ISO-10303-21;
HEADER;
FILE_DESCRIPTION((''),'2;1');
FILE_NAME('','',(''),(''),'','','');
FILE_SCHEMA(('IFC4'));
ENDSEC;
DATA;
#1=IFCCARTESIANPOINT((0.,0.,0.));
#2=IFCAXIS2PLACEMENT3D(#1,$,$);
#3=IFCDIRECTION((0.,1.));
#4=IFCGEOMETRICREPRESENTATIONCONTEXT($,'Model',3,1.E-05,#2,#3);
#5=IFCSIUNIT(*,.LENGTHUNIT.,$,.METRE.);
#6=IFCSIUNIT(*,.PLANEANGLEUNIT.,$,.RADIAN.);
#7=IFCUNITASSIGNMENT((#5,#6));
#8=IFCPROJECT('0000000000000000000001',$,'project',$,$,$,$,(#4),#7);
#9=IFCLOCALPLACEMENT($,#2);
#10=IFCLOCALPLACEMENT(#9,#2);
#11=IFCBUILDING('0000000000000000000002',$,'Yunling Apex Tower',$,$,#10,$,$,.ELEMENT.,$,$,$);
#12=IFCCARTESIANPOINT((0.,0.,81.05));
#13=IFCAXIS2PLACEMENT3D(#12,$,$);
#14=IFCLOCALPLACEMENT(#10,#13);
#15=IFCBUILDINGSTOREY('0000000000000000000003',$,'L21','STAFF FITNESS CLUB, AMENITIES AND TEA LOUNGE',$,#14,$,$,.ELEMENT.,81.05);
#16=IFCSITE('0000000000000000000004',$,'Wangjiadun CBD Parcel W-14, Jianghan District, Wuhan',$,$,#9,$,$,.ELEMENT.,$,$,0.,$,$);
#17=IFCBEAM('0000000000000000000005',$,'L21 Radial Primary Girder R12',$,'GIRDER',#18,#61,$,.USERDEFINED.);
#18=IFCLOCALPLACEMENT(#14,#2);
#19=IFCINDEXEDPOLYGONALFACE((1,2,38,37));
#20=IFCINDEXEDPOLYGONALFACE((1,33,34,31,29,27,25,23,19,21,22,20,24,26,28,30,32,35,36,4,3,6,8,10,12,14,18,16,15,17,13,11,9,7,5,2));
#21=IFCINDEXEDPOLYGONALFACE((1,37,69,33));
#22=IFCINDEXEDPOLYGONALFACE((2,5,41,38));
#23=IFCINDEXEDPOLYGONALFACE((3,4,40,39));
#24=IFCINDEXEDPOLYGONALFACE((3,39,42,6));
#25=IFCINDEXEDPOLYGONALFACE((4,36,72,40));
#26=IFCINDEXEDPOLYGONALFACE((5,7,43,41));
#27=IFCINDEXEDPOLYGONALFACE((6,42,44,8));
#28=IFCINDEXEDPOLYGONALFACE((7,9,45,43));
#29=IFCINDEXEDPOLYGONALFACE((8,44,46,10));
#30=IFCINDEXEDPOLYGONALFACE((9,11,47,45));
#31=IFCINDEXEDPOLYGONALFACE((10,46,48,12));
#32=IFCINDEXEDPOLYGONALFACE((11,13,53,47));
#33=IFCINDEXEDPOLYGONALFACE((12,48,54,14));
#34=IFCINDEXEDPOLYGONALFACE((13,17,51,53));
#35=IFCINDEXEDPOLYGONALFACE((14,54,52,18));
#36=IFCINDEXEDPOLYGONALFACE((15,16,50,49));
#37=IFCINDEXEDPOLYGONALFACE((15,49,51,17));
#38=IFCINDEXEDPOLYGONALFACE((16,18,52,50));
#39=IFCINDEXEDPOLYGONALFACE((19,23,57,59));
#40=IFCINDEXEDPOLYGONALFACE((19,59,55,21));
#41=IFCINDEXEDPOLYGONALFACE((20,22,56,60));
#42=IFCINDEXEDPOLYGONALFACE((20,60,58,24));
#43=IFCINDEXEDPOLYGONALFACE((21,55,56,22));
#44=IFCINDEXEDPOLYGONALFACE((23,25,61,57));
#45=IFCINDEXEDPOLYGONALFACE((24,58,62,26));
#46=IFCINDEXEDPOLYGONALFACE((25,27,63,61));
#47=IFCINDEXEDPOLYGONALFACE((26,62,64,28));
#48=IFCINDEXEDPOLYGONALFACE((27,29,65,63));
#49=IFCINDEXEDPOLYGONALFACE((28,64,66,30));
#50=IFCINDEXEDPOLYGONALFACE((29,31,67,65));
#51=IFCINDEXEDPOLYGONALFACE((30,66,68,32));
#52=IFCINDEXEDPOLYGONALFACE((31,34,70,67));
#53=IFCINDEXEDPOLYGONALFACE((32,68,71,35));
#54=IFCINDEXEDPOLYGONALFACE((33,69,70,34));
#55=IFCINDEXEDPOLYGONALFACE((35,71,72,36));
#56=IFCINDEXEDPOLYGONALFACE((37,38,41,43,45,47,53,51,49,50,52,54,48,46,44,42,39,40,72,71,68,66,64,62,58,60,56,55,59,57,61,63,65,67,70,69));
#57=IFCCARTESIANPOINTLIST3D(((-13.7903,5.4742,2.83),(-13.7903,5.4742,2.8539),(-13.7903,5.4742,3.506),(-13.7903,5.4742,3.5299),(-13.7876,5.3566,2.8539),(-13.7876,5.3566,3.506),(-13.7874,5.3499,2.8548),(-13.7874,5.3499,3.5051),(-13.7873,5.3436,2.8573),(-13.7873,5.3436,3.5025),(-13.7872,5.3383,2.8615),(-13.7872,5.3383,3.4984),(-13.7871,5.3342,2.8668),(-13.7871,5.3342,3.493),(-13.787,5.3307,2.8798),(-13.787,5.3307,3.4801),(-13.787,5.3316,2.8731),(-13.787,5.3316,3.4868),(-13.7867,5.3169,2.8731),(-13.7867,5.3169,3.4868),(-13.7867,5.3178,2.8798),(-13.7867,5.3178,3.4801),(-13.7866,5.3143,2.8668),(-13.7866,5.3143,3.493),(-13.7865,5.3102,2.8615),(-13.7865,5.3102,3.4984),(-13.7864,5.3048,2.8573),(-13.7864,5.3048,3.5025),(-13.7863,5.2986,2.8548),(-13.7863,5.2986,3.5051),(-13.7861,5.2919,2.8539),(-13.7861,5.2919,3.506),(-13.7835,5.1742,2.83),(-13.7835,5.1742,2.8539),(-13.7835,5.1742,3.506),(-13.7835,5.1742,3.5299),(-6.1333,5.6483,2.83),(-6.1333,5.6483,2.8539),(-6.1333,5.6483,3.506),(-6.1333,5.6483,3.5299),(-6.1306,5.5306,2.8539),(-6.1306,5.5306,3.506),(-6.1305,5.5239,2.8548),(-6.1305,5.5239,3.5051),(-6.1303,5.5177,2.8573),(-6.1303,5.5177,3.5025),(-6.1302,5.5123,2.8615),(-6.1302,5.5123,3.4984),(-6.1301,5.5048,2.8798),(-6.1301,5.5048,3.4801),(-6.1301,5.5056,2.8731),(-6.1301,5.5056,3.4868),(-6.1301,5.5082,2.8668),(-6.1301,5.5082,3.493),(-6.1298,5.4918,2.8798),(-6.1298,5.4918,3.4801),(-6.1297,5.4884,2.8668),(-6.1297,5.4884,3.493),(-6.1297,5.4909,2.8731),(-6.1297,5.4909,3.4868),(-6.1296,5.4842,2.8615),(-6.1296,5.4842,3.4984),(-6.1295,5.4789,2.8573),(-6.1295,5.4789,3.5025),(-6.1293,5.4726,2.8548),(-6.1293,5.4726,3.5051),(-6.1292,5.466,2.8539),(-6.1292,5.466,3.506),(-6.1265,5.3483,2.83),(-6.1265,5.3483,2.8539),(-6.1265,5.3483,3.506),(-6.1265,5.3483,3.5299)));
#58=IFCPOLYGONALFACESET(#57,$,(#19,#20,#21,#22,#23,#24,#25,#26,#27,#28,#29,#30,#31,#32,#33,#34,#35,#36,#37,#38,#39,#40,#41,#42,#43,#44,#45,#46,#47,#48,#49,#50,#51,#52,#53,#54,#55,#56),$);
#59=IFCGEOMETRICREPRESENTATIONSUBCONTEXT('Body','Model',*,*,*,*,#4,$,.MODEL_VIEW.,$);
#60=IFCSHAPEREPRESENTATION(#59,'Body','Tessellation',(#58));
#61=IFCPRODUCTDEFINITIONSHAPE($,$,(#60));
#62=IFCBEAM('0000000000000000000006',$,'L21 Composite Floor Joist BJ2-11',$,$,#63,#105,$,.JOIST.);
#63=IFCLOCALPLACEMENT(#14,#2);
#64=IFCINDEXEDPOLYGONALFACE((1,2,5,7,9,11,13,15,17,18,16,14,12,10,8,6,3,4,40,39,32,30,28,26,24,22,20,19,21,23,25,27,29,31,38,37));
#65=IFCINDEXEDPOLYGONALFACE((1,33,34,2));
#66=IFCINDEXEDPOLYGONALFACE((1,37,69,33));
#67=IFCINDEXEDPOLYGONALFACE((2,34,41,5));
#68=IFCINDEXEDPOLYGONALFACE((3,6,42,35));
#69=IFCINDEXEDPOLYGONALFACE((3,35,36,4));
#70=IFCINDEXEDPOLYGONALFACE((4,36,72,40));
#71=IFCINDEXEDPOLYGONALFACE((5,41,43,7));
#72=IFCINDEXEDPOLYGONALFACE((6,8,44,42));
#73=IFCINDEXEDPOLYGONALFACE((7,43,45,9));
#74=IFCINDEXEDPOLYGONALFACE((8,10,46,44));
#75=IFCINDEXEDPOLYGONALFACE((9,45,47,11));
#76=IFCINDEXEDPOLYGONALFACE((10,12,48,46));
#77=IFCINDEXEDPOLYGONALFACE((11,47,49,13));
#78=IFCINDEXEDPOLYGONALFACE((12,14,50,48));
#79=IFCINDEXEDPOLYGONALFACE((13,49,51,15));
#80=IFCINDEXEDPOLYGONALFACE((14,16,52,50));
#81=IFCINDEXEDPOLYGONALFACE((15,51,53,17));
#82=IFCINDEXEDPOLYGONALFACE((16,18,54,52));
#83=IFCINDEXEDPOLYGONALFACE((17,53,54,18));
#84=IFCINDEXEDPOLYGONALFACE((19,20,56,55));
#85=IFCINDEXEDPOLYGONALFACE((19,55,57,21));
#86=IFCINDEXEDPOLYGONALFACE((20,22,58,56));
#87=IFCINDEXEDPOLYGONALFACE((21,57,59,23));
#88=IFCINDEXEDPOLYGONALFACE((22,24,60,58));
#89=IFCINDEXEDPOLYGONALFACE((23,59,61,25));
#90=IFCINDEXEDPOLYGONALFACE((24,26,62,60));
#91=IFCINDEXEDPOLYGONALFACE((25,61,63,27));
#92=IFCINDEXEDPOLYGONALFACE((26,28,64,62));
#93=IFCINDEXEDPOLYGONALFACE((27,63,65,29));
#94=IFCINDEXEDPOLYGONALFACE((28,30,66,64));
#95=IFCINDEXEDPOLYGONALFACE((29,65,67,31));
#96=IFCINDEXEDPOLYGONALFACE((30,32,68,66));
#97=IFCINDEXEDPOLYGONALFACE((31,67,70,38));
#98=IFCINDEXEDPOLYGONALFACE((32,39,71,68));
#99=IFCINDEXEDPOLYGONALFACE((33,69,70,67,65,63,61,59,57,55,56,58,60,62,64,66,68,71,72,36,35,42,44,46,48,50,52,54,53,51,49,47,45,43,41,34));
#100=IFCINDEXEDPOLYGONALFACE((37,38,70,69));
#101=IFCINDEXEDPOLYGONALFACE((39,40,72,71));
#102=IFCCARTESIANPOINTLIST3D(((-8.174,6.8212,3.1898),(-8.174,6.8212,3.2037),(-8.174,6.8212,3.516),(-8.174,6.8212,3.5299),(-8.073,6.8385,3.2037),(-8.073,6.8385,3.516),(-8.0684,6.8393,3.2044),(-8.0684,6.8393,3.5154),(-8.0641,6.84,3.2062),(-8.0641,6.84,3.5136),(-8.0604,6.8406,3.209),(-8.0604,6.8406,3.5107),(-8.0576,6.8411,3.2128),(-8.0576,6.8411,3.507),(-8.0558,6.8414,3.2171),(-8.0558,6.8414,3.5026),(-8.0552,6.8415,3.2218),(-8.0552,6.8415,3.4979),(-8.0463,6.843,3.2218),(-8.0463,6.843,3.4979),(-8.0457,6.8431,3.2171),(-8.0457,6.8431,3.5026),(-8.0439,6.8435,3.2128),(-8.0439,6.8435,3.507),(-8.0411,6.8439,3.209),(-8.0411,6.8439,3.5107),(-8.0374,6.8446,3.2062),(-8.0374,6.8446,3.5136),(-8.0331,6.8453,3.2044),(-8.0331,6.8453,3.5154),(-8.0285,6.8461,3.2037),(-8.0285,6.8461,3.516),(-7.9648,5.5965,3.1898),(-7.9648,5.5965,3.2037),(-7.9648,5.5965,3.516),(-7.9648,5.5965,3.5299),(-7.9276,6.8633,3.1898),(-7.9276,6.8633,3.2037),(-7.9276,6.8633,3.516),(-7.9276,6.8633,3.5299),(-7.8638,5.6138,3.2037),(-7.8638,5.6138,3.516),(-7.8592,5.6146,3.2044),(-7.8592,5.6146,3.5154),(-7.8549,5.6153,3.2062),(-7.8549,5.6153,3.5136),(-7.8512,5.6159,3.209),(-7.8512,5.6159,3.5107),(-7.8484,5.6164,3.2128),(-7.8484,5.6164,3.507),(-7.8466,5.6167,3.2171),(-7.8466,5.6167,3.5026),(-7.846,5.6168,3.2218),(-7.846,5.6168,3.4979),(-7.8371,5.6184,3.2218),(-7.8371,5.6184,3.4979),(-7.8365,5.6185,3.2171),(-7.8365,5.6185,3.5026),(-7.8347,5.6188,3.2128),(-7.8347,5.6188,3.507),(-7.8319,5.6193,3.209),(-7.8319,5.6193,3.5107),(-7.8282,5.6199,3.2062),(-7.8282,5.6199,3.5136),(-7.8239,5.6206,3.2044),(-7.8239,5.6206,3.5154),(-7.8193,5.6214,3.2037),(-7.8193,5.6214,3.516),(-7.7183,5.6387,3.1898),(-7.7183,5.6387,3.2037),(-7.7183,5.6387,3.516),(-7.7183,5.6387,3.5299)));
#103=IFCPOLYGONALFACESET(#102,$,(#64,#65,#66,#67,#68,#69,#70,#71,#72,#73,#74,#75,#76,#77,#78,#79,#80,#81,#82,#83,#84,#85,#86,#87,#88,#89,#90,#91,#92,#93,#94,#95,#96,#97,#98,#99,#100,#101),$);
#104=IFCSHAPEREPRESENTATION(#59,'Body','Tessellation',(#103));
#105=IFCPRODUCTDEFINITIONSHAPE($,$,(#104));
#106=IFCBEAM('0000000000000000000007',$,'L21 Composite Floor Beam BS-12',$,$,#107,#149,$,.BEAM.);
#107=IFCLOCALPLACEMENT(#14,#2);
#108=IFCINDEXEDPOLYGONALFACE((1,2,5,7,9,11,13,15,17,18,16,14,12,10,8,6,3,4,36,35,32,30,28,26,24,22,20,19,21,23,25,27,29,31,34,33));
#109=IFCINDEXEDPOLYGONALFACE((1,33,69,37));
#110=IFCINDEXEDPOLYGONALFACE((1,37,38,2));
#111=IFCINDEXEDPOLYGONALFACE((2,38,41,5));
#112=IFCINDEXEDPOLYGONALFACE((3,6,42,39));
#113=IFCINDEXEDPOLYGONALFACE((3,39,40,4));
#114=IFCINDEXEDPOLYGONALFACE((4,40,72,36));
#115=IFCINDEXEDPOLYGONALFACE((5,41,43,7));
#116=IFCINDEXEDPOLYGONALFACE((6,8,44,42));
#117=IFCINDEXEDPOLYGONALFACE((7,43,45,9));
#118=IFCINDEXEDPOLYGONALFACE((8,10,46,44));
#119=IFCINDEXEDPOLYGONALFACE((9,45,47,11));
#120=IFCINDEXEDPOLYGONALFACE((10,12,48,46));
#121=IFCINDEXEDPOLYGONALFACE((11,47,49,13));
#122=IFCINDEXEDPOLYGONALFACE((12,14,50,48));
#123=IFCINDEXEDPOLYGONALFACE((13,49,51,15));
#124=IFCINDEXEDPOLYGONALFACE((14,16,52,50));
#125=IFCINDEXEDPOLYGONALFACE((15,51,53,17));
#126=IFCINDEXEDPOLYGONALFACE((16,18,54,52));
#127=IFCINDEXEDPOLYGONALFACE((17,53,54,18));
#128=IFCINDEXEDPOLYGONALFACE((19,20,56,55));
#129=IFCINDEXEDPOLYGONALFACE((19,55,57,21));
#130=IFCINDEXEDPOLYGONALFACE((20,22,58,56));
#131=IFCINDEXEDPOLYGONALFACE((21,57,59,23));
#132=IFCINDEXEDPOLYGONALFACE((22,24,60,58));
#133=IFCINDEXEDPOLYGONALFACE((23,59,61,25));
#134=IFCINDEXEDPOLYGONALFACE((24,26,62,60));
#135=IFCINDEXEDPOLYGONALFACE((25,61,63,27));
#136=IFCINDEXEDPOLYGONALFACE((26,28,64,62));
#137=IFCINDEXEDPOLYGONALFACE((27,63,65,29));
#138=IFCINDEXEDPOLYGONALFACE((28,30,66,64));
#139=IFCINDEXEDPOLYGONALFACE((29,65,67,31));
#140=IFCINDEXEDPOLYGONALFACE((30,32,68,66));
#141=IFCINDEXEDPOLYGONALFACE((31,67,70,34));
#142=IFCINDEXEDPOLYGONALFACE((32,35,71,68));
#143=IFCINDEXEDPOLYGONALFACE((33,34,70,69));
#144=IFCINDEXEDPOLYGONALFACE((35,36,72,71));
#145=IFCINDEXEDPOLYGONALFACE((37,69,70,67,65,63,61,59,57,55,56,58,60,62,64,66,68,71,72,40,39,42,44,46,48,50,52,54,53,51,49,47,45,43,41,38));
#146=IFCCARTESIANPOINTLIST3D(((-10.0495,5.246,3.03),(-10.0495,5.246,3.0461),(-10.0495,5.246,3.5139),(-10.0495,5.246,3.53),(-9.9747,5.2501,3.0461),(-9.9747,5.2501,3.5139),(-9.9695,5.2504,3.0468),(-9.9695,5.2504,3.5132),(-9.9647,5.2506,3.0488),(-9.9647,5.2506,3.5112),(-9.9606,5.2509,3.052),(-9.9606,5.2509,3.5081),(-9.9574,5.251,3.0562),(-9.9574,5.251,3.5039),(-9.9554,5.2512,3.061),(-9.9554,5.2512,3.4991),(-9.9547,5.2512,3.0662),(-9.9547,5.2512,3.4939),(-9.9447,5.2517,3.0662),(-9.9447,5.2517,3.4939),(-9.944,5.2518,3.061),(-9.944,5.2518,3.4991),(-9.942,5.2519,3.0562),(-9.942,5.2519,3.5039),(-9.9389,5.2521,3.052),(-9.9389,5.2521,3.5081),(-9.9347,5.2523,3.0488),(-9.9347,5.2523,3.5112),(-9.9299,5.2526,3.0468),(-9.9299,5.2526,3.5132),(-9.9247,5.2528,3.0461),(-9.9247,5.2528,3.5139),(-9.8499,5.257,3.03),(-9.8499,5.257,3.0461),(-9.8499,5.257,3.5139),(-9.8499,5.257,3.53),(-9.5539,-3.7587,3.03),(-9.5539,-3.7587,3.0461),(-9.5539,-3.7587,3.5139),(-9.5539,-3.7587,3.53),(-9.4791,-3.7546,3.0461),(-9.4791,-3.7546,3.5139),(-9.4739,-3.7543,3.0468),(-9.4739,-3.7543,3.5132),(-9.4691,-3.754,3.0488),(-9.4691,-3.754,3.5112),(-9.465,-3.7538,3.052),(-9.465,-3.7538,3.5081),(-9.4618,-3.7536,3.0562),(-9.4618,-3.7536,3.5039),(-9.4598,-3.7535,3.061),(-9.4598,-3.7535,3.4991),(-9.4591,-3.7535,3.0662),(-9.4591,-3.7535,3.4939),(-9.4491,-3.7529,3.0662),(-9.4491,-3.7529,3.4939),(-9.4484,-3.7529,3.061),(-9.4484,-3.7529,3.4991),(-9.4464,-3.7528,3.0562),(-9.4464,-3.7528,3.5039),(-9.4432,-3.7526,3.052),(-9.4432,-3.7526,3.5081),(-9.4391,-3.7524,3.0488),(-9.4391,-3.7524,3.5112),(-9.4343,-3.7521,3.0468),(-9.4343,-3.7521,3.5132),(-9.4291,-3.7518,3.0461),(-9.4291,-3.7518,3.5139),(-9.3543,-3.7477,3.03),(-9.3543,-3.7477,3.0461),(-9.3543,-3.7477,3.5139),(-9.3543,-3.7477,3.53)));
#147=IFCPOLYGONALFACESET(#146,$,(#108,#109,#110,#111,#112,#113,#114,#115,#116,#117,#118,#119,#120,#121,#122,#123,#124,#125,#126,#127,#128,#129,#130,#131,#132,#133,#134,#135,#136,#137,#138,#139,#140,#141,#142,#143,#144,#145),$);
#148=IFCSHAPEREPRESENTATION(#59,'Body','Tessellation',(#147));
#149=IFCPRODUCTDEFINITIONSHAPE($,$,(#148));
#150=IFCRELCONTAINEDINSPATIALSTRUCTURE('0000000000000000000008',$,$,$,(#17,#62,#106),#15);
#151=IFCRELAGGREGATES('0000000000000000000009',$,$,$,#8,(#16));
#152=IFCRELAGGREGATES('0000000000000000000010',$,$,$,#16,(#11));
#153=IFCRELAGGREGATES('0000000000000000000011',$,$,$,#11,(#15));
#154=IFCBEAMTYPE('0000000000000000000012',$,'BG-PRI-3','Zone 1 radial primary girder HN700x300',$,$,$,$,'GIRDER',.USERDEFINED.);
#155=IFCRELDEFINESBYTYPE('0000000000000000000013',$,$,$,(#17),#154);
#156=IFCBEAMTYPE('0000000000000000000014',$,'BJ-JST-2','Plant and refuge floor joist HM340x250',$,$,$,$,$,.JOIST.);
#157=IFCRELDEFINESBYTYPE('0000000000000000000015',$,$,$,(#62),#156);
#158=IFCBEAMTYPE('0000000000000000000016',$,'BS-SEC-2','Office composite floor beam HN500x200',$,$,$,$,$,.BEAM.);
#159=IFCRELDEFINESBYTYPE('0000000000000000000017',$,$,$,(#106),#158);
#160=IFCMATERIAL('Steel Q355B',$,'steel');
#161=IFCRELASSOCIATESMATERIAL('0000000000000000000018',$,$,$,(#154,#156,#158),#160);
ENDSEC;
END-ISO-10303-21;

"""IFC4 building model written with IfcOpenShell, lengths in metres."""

from ifc_helpers import new_model, si_unit, direction, frame, origin, origin_2d, place, context, subcontext, project, spatial, i_section, extrude, source, transform, mapped, material, material_profile, profile_set, type_object, element, save


model = new_model("IFC4")

# Units and contexts
model_context = context("Model", 3, precision=1e-05, world=origin(), true_north=direction((0.0, 1.0)))
body_context = subcontext(model_context, "Body", "Model", "MODEL_VIEW")
ifc_project = project(units=[si_unit("LENGTHUNIT", "METRE"), si_unit("PLANEANGLEUNIT", "RADIAN")], contexts=[model_context])

# Site, building, storey
site_placement = place(None, origin())
site = spatial("IfcSite", under=ifc_project, at=site_placement, Name="Wangjiadun CBD Parcel W-14, Jianghan District, Wuhan", CompositionType="ELEMENT", RefElevation=0.0)
building_placement = place(site_placement, origin())
building = spatial("IfcBuilding", under=site, at=building_placement, Name="Yunling Apex Tower", CompositionType="ELEMENT")
storey_placement = place(building_placement, frame((0.0, 0.0, 81.05)))
storey = spatial("IfcBuildingStorey", under=building, at=storey_placement, Name="L21", Description="STAFF FITNESS CLUB, AMENITIES AND TEA LOUNGE", CompositionType="ELEMENT", Elevation=81.05)

# Beams
ifc_material_1 = material(Name="Steel Q355B", Category="steel")
ifc_material_profile_1 = material_profile(ifc_material_1, i_section(OverallWidth=0.3, OverallDepth=0.7, WebThickness=0.0129, FlangeThickness=0.0239, FilletRadius=0.0259, at=origin_2d()))
ifc_profile_set_1 = profile_set([ifc_material_profile_1], Name="Steel Q355B")
beam_type_1 = type_object("IfcBeamType", Name="BG-PRI-3", Description="Zone 1 radial primary girder HN700x300", ElementType="GIRDER", PredefinedType="USERDEFINED", material=ifc_profile_set_1)
shared_shape_1 = source(origin(), body_context, "Body", "SweptSolid", [
    extrude(i_section(OverallWidth=0.3, OverallDepth=0.7, WebThickness=0.0129, FlangeThickness=0.0239, FilletRadius=0.0259, at=origin_2d()), origin(), (0.0, 0.0, 1.0), 7.6589),
])
beam_1_placement = place(storey_placement, frame((-13.7869, 5.3242, 3.1799), z_axis=(0.999742, 0.022728, 0.0), x_axis=(-0.022728, 0.999742, 0.0)))
element("IfcBeam", 1, at=beam_1_placement, inside=storey, type_object=beam_type_1, Name="L21 Radial Primary Girder R12", ObjectType="GIRDER", PredefinedType="USERDEFINED", context=body_context, shape_type="MappedRepresentation", body=[
    mapped(shared_shape_1, transform((0.0, 0.0, 0.0), scale=1.0)),
])
ifc_material_profile_2 = material_profile(ifc_material_1, i_section(OverallWidth=0.25, OverallDepth=0.3401, WebThickness=0.009, FlangeThickness=0.0139, FilletRadius=0.0181, at=origin_2d()))
ifc_profile_set_2 = profile_set([ifc_material_profile_2], Name="Steel Q355B")
beam_type_2 = type_object("IfcBeamType", Name="BJ-JST-2", Description="Plant and refuge floor joist HM340x250", PredefinedType="JOIST", material=ifc_profile_set_2)
shared_shape_2 = source(origin(), body_context, "Body", "SweptSolid", [
    extrude(i_section(OverallWidth=0.25, OverallDepth=0.3401, WebThickness=0.009, FlangeThickness=0.0139, FilletRadius=0.0181, at=origin_2d()), origin(), (0.0, 0.0, 1.0), 1.2424),
])
beam_2_placement = place(storey_placement, frame((-8.0508, 6.8423, 3.3599), z_axis=(0.168413, -0.985717, 0.0), x_axis=(0.985717, 0.168413, 0.0)))
element("IfcBeam", 2, at=beam_2_placement, inside=storey, type_object=beam_type_2, Name="L21 Composite Floor Joist BJ2-11", PredefinedType="JOIST", context=body_context, shape_type="MappedRepresentation", body=[
    mapped(shared_shape_2, transform((0.0, 0.0, 0.0), scale=1.0)),
])
ifc_material_profile_3 = material_profile(ifc_material_1, i_section(OverallWidth=0.2, OverallDepth=0.5, WebThickness=0.01, FlangeThickness=0.0161, FilletRadius=0.02, at=origin_2d()))
ifc_profile_set_3 = profile_set([ifc_material_profile_3], Name="Steel Q355B")
beam_type_3 = type_object("IfcBeamType", Name="BS-SEC-2", Description="Office composite floor beam HN500x200", PredefinedType="BEAM", material=ifc_profile_set_3)
shared_shape_3 = source(origin(), body_context, "Body", "SweptSolid", [
    extrude(i_section(OverallWidth=0.2, OverallDepth=0.5, WebThickness=0.01, FlangeThickness=0.0161, FilletRadius=0.02, at=origin_2d()), origin(), (0.0, 0.0, 1.0), 9.0183),
])
beam_3_placement = place(storey_placement, frame((-9.9497, 5.2515, 3.28), z_axis=(0.054956, -0.998489, 0.0), x_axis=(0.998489, 0.054956, 0.0)))
element("IfcBeam", 3, at=beam_3_placement, inside=storey, type_object=beam_type_3, Name="L21 Composite Floor Beam BS-12", PredefinedType="BEAM", context=body_context, shape_type="MappedRepresentation", body=[
    mapped(shared_shape_3, transform((0.0, 0.0, 0.0), scale=1.0)),
])

save(model, "model.ifc")
